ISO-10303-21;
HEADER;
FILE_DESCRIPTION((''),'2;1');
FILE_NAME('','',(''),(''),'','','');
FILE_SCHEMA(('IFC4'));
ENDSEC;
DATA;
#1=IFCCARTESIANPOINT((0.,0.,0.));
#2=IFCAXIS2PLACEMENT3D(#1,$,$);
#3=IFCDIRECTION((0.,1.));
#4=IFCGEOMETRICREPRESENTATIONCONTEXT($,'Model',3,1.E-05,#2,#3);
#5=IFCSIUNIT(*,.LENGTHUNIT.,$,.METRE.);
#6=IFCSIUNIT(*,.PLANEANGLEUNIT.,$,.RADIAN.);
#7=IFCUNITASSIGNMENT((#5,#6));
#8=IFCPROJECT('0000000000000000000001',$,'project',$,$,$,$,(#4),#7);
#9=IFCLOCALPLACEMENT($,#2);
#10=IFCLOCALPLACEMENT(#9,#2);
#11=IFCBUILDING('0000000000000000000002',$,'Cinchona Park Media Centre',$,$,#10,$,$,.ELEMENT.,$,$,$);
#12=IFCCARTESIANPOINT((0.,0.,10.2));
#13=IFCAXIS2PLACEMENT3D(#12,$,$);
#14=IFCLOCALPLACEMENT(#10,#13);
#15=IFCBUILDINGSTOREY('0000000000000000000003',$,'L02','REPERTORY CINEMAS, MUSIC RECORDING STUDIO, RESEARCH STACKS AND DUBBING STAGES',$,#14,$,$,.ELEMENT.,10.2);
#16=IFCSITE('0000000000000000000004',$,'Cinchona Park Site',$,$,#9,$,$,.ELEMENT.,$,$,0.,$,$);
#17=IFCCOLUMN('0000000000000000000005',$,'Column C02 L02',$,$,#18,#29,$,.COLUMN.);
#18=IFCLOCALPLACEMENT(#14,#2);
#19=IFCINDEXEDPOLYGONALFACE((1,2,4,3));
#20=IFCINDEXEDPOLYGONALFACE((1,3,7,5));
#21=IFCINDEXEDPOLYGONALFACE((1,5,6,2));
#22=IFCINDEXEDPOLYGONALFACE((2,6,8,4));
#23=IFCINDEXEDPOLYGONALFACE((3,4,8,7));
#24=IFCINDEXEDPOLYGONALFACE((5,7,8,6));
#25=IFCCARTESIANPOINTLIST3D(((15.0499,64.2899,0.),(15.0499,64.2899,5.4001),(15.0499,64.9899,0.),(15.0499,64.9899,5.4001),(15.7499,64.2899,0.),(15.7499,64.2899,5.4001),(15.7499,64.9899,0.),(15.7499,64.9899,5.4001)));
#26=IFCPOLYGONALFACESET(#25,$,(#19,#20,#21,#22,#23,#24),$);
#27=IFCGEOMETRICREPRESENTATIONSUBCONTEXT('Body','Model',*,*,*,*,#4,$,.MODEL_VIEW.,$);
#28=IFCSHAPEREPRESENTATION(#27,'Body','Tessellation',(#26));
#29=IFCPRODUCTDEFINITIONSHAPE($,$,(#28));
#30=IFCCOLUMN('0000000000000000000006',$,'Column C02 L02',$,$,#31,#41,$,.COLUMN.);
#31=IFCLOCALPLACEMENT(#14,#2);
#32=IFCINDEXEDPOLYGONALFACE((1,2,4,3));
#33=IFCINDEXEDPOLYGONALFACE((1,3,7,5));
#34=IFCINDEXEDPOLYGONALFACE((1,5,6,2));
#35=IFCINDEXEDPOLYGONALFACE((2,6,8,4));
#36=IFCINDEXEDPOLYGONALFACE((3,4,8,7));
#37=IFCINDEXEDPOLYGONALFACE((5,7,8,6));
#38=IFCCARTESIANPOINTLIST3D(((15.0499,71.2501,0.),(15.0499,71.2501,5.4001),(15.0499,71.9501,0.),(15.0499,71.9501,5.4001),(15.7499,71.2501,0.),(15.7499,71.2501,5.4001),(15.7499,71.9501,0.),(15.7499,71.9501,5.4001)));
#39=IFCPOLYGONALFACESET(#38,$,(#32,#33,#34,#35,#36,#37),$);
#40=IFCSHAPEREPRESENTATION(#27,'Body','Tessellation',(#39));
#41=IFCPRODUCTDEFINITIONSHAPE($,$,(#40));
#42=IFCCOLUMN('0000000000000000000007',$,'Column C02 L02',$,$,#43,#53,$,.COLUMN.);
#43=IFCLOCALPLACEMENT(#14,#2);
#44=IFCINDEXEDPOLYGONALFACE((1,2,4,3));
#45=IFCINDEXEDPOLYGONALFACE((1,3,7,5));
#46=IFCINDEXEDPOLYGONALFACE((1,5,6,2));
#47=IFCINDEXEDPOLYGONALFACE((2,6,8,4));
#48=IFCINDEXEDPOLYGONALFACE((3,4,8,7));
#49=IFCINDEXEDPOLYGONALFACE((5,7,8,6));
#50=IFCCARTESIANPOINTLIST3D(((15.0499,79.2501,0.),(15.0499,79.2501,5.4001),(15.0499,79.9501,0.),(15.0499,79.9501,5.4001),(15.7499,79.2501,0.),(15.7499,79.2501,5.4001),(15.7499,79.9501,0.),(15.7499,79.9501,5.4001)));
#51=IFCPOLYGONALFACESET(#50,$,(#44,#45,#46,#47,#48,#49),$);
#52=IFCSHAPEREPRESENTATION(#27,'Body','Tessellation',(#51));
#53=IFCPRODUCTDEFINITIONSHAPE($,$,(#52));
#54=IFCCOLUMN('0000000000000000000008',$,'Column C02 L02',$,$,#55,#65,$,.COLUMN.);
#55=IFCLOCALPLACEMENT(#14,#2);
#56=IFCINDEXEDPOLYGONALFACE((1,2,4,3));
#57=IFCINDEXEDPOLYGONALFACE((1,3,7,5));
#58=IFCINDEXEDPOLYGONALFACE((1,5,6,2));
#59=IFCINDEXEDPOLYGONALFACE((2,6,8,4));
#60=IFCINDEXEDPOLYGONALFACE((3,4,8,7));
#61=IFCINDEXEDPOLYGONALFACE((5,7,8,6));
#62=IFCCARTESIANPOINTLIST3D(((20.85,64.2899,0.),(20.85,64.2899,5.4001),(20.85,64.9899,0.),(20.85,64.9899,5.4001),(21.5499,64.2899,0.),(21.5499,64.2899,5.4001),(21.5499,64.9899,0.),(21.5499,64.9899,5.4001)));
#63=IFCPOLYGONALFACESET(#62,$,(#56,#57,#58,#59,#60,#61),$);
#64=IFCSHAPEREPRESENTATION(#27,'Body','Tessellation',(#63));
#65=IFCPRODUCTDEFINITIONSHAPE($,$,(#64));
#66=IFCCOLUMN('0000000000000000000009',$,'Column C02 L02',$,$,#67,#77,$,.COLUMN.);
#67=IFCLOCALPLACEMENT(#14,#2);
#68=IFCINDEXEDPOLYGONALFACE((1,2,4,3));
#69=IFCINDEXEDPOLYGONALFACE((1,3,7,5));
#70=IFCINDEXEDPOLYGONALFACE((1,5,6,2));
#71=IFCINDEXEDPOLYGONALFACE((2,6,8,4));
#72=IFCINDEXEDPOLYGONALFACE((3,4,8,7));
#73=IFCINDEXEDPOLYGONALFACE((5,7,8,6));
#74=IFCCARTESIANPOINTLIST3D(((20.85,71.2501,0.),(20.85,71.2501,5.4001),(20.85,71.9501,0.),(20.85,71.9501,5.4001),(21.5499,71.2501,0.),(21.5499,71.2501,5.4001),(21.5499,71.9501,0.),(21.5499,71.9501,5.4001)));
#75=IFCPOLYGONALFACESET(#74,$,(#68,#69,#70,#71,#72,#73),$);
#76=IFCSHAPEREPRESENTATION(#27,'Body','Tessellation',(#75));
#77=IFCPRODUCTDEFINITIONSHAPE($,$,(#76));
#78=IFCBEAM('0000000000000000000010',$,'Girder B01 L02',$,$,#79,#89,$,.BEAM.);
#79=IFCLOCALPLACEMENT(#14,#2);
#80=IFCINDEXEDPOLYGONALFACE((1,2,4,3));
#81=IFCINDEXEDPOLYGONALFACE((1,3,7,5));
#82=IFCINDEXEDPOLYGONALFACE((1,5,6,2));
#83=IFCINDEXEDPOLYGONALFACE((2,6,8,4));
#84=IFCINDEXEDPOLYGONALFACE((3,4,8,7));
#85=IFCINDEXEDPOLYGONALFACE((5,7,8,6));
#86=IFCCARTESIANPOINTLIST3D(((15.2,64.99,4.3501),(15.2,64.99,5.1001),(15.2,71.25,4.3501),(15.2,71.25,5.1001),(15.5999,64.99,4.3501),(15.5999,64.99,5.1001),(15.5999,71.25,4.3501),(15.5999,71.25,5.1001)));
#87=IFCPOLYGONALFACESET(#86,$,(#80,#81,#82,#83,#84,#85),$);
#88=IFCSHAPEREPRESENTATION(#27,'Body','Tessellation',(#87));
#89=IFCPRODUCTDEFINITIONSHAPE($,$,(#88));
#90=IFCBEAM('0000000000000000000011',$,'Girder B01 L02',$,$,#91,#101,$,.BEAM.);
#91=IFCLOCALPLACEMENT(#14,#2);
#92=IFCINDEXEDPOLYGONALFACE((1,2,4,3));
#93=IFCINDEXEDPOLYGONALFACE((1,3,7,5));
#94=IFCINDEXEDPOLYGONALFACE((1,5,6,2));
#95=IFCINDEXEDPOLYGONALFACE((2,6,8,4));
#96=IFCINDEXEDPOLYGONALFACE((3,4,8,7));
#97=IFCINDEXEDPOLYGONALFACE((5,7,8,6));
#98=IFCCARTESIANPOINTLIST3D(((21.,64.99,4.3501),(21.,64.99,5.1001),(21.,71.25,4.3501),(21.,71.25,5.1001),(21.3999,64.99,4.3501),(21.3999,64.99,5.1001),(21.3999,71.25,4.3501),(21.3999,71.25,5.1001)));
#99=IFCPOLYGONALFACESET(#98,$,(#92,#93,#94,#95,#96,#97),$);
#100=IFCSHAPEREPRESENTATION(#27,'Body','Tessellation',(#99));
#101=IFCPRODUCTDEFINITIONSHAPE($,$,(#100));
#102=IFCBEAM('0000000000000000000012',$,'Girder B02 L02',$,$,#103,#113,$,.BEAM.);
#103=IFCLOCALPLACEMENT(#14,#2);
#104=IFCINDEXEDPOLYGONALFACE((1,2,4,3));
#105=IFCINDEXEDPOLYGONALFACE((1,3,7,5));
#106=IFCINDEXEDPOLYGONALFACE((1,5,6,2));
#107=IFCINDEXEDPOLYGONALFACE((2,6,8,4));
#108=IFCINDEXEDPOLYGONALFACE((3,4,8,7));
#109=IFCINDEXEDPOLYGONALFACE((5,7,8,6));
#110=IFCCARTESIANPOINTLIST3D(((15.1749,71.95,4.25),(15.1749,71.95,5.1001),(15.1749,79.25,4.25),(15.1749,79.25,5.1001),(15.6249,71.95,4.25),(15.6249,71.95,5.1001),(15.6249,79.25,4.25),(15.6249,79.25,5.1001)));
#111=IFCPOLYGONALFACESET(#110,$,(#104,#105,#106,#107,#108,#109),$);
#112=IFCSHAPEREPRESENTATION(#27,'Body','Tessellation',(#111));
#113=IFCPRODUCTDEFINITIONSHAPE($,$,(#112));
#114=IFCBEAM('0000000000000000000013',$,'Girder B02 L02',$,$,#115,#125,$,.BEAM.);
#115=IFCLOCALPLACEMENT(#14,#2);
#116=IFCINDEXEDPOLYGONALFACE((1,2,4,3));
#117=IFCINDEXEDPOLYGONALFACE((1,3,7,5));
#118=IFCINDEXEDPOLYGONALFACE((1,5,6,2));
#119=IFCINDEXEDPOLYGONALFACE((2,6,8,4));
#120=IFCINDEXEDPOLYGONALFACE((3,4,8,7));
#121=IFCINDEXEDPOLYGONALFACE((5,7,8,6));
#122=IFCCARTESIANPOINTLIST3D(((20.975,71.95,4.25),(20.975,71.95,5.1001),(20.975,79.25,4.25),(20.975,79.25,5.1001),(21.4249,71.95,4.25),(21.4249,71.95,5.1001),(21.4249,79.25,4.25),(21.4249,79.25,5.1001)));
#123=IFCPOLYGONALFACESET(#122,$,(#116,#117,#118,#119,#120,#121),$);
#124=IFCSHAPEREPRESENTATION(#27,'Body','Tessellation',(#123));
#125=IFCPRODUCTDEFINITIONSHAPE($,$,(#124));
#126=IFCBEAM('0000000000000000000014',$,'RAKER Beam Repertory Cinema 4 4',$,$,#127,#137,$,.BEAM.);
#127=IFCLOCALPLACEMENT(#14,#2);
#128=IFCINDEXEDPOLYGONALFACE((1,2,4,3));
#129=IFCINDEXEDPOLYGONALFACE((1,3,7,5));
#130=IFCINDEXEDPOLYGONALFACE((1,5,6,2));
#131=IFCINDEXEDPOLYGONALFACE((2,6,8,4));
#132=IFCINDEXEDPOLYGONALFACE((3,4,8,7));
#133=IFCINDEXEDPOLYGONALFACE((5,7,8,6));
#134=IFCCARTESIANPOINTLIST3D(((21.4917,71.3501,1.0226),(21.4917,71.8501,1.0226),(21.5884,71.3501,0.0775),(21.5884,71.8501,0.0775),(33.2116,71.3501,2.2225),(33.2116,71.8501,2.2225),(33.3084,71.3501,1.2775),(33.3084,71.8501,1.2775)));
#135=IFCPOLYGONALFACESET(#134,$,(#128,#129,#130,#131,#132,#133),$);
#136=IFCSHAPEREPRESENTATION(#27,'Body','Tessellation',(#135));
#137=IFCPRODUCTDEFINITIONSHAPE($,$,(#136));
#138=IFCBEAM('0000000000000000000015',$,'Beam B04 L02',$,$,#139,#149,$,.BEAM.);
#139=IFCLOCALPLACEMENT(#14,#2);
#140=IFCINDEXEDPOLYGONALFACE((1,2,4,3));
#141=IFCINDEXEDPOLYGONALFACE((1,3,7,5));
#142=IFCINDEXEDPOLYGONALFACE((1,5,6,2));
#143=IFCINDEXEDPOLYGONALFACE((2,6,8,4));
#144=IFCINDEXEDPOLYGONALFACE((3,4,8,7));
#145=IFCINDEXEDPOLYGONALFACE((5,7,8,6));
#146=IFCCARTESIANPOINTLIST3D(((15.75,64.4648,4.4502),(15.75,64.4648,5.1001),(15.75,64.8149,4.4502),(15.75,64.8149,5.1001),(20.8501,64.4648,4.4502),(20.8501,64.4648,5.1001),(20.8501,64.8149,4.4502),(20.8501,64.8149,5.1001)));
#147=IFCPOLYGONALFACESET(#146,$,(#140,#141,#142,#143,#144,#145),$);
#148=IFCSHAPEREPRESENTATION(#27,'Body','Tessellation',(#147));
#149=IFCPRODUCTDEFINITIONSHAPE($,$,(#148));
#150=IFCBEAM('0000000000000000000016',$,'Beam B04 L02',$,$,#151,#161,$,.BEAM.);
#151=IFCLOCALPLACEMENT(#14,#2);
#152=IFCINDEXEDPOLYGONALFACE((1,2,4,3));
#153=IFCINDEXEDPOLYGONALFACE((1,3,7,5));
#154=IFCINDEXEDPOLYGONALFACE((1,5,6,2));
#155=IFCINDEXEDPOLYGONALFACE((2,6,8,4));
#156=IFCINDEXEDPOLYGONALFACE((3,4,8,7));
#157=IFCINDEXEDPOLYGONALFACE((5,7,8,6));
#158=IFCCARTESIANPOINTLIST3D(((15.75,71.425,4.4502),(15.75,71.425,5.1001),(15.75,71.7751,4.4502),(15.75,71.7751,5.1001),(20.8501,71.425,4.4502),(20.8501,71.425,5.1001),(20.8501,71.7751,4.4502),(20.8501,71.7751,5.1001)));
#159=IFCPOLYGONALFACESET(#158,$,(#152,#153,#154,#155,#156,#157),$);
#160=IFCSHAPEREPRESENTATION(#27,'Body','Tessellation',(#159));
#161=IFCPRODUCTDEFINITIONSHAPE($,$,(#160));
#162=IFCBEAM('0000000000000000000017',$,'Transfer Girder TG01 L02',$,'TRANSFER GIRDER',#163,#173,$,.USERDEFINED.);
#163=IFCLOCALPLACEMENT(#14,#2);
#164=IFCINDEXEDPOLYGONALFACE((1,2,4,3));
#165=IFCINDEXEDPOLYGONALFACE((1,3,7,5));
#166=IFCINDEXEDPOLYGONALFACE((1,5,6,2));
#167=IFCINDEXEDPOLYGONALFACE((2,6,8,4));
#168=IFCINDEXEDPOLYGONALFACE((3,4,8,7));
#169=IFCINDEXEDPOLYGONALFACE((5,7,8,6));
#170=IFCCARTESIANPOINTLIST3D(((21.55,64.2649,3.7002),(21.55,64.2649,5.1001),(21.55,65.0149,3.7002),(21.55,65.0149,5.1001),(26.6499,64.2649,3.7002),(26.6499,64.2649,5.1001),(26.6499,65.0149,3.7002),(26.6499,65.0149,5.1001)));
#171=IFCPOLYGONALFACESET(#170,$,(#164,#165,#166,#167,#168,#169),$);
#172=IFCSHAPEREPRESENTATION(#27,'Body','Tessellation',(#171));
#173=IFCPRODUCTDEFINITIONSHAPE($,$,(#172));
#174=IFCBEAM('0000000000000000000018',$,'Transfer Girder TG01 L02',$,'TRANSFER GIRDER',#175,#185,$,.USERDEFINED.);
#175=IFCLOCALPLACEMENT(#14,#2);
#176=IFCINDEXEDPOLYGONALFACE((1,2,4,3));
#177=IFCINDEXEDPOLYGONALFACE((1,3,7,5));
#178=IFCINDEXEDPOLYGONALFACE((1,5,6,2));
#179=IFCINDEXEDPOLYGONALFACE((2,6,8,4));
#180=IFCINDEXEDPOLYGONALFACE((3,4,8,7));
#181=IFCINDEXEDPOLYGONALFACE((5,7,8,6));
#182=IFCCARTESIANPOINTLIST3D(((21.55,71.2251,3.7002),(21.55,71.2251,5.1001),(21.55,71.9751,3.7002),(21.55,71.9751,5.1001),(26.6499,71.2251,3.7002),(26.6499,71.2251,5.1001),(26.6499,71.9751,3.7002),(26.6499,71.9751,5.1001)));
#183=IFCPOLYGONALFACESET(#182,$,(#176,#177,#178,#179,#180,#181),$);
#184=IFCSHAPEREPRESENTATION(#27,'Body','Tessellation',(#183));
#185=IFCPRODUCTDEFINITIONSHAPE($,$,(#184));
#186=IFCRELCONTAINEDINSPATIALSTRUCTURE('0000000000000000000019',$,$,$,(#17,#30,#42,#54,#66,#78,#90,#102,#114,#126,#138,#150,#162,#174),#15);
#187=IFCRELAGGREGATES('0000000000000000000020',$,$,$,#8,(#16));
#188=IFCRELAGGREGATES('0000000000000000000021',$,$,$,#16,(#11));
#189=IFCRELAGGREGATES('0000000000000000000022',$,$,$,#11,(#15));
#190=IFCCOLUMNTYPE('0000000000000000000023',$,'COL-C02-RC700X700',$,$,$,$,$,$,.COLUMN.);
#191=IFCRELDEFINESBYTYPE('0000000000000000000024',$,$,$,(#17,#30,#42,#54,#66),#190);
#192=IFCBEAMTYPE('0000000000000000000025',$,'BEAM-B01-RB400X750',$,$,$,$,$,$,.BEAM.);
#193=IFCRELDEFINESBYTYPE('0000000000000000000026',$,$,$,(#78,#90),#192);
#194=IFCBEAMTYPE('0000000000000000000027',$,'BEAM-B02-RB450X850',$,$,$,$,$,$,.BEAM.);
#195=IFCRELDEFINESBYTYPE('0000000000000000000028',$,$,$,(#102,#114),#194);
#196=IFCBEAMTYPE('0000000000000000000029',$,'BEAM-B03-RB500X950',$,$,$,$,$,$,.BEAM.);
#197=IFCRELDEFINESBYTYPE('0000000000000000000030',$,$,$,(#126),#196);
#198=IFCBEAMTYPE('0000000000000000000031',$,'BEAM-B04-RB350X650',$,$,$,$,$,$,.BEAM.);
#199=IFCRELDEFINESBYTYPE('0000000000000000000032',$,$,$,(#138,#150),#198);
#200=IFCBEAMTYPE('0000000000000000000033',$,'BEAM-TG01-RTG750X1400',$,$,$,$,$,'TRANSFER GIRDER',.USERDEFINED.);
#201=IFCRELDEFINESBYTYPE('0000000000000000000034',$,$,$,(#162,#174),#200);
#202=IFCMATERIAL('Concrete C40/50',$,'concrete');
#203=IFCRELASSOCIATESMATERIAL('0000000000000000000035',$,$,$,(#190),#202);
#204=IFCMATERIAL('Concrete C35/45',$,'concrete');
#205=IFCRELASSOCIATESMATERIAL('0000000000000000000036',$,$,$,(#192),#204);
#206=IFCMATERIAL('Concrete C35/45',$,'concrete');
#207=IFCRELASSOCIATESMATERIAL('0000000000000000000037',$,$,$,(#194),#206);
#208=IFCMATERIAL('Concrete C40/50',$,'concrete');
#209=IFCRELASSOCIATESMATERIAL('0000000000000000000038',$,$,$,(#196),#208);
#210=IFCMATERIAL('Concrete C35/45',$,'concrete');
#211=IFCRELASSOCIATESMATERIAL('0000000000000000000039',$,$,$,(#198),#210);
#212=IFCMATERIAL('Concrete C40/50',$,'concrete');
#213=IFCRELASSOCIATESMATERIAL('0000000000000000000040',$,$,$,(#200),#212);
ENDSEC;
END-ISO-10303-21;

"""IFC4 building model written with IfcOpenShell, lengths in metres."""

from ifc_helpers import new_model, si_unit, direction, frame, origin, origin_2d, place, context, subcontext, project, spatial, rectangle, extrude, material, material_profile, profile_set, type_object, element, save


model = new_model("IFC4")

# Units and contexts
model_context = context("Model", 3, precision=1e-05, world=origin(), true_north=direction((0.0, 1.0)))
body_context = subcontext(model_context, "Body", "Model", "MODEL_VIEW")
ifc_project = project(units=[si_unit("LENGTHUNIT", "METRE"), si_unit("PLANEANGLEUNIT", "RADIAN")], contexts=[model_context])

# Site, building, storey
site_placement = place(None, origin())
site = spatial("IfcSite", under=ifc_project, at=site_placement, Name="Cinchona Park Site", CompositionType="ELEMENT", RefElevation=0.0)
building_placement = place(site_placement, origin())
building = spatial("IfcBuilding", under=site, at=building_placement, Name="Cinchona Park Media Centre", CompositionType="ELEMENT")
storey_placement = place(building_placement, frame((0.0, 0.0, 10.2)))
storey = spatial("IfcBuildingStorey", under=building, at=storey_placement, Name="L02", Description="REPERTORY CINEMAS, MUSIC RECORDING STUDIO, RESEARCH STACKS AND DUBBING STAGES", CompositionType="ELEMENT", Elevation=10.2)

# Columns
ifc_material_1 = material(Name="Concrete C40/50", Category="concrete")
ifc_material_profile_1 = material_profile(ifc_material_1, rectangle(XDim=0.7, YDim=0.7, at=origin_2d()), Name="RC 700X700")
ifc_profile_set_1 = profile_set([ifc_material_profile_1], Name="Concrete C40/50")
column_type = type_object("IfcColumnType", Name="COL-C02-RC700X700", PredefinedType="COLUMN", material=ifc_profile_set_1)
for number, where, z_axis, x_axis, name in (
    (1, (15.3999, 64.6399, 0.0), (0.0, 0.0, 1.0), (1.0, 0.0, 0.0), "Column C02 L02"),
    (2, (15.3999, 71.6001, 0.0), (0.0, 0.0, 1.0), (1.0, 0.0, 0.0), "Column C02 L02"),
    (3, (15.3999, 79.6001, 0.0), (0.0, 0.0, 1.0), (1.0, 0.0, 0.0), "Column C02 L02"),
    (4, (21.2, 64.6399, 0.0), (0.0, 0.0, 1.0), (1.0, 0.0, 0.0), "Column C02 L02"),
    (5, (21.2, 71.6001, 0.0), (0.0, 0.0, 1.0), (1.0, 0.0, 0.0), "Column C02 L02"),
):
    element("IfcColumn", number, at=place(storey_placement, frame(where, z_axis=z_axis, x_axis=x_axis)), inside=storey, type_object=column_type, Name=name, PredefinedType="COLUMN", context=body_context, shape_type="SweptSolid", body=[
        extrude(rectangle(XDim=0.7, YDim=0.7, at=origin_2d()), origin(), (0.0, 0.0, 1.0), 5.4001),
    ])

# Beams
ifc_material_2 = material(Name="Concrete C35/45", Category="concrete")
ifc_material_profile_2 = material_profile(ifc_material_2, rectangle(XDim=0.3999, YDim=0.75, at=origin_2d()), Name="RB 400X750")
ifc_profile_set_2 = profile_set([ifc_material_profile_2], Name="Concrete C35/45")
beam_type_1 = type_object("IfcBeamType", Name="BEAM-B01-RB400X750", PredefinedType="BEAM", material=ifc_profile_set_2)
for number, where, z_axis, x_axis, name in (
    (6, (15.3999, 64.99, 4.7251), (0.0, 1.0, 0.0), (-1.0, 0.0, 0.0), "Girder B01 L02"),
    (7, (21.2, 64.99, 4.7251), (0.0, 1.0, 0.0), (-1.0, 0.0, 0.0), "Girder B01 L02"),
):
    element("IfcBeam", number, at=place(storey_placement, frame(where, z_axis=z_axis, x_axis=x_axis)), inside=storey, type_object=beam_type_1, Name=name, PredefinedType="BEAM", context=body_context, shape_type="SweptSolid", body=[
        extrude(rectangle(XDim=0.3999, YDim=0.75, at=origin_2d()), origin(), (0.0, 0.0, 1.0), 6.26),
    ])
ifc_material_3 = material(Name="Concrete C35/45", Category="concrete")
ifc_material_profile_3 = material_profile(ifc_material_3, rectangle(XDim=0.45, YDim=0.8501, at=origin_2d()), Name="RB 450X850")
ifc_profile_set_3 = profile_set([ifc_material_profile_3], Name="Concrete C35/45")
beam_type_2 = type_object("IfcBeamType", Name="BEAM-B02-RB450X850", PredefinedType="BEAM", material=ifc_profile_set_3)
for number, where, z_axis, x_axis, name in (
    (8, (15.3999, 71.95, 4.675), (0.0, 1.0, 0.0), (-1.0, 0.0, 0.0), "Girder B02 L02"),
    (9, (21.2, 71.95, 4.675), (0.0, 1.0, 0.0), (-1.0, 0.0, 0.0), "Girder B02 L02"),
):
    element("IfcBeam", number, at=place(storey_placement, frame(where, z_axis=z_axis, x_axis=x_axis)), inside=storey, type_object=beam_type_2, Name=name, PredefinedType="BEAM", context=body_context, shape_type="SweptSolid", body=[
        extrude(rectangle(XDim=0.45, YDim=0.8501, at=origin_2d()), origin(), (0.0, 0.0, 1.0), 7.3),
    ])
ifc_material_4 = material(Name="Concrete C40/50", Category="concrete")
ifc_material_profile_4 = material_profile(ifc_material_4, rectangle(XDim=0.5, YDim=0.95, at=origin_2d()), Name="RB 500X950")
ifc_profile_set_4 = profile_set([ifc_material_profile_4], Name="Concrete C40/50")
beam_type_3 = type_object("IfcBeamType", Name="BEAM-B03-RB500X950", PredefinedType="BEAM", material=ifc_profile_set_4)
beam_placement = place(storey_placement, frame((21.54, 71.6001, 0.55), z_axis=(0.994799, 0.0, 0.101853), x_axis=(0.0, 1.0, 0.0)))
element("IfcBeam", 10, at=beam_placement, inside=storey, type_object=beam_type_3, Name="RAKER Beam Repertory Cinema 4 4", PredefinedType="BEAM", context=body_context, shape_type="SweptSolid", body=[
    extrude(rectangle(XDim=0.5, YDim=0.95, at=origin_2d()), origin(), (0.0, 0.0, 1.0), 11.7812),
])
ifc_material_5 = material(Name="Concrete C35/45", Category="concrete")
ifc_material_profile_5 = material_profile(ifc_material_5, rectangle(XDim=0.3501, YDim=0.6499, at=origin_2d()), Name="RB 350X650")
ifc_profile_set_5 = profile_set([ifc_material_profile_5], Name="Concrete C35/45")
beam_type_4 = type_object("IfcBeamType", Name="BEAM-B04-RB350X650", PredefinedType="BEAM", material=ifc_profile_set_5)
for number, where, z_axis, x_axis, name in (
    (11, (15.75, 64.6399, 4.7751), (1.0, 0.0, 0.0), (0.0, 1.0, 0.0), "Beam B04 L02"),
    (12, (15.75, 71.6001, 4.7751), (1.0, 0.0, 0.0), (0.0, 1.0, 0.0), "Beam B04 L02"),
):
    element("IfcBeam", number, at=place(storey_placement, frame(where, z_axis=z_axis, x_axis=x_axis)), inside=storey, type_object=beam_type_4, Name=name, PredefinedType="BEAM", context=body_context, shape_type="SweptSolid", body=[
        extrude(rectangle(XDim=0.3501, YDim=0.6499, at=origin_2d()), origin(), (0.0, 0.0, 1.0), 5.1001),
    ])
ifc_material_6 = material(Name="Concrete C40/50", Category="concrete")
ifc_material_profile_6 = material_profile(ifc_material_6, rectangle(XDim=0.75, YDim=1.3999, at=origin_2d()), Name="RTG 750X1400")
ifc_profile_set_6 = profile_set([ifc_material_profile_6], Name="Concrete C40/50")
beam_type_5 = type_object("IfcBeamType", Name="BEAM-TG01-RTG750X1400", ElementType="TRANSFER GIRDER", PredefinedType="USERDEFINED", material=ifc_profile_set_6)
for number, where, z_axis, x_axis, name in (
    (13, (21.55, 64.6399, 4.4001), (1.0, 0.0, 0.0), (0.0, 1.0, 0.0), "Transfer Girder TG01 L02"),
    (14, (21.55, 71.6001, 4.4001), (1.0, 0.0, 0.0), (0.0, 1.0, 0.0), "Transfer Girder TG01 L02"),
):
    element("IfcBeam", number, at=place(storey_placement, frame(where, z_axis=z_axis, x_axis=x_axis)), inside=storey, type_object=beam_type_5, Name=name, ObjectType="TRANSFER GIRDER", PredefinedType="USERDEFINED", context=body_context, shape_type="SweptSolid", body=[
        extrude(rectangle(XDim=0.75, YDim=1.3999, at=origin_2d()), origin(), (0.0, 0.0, 1.0), 5.0999),
    ])

save(model, "model.ifc")
